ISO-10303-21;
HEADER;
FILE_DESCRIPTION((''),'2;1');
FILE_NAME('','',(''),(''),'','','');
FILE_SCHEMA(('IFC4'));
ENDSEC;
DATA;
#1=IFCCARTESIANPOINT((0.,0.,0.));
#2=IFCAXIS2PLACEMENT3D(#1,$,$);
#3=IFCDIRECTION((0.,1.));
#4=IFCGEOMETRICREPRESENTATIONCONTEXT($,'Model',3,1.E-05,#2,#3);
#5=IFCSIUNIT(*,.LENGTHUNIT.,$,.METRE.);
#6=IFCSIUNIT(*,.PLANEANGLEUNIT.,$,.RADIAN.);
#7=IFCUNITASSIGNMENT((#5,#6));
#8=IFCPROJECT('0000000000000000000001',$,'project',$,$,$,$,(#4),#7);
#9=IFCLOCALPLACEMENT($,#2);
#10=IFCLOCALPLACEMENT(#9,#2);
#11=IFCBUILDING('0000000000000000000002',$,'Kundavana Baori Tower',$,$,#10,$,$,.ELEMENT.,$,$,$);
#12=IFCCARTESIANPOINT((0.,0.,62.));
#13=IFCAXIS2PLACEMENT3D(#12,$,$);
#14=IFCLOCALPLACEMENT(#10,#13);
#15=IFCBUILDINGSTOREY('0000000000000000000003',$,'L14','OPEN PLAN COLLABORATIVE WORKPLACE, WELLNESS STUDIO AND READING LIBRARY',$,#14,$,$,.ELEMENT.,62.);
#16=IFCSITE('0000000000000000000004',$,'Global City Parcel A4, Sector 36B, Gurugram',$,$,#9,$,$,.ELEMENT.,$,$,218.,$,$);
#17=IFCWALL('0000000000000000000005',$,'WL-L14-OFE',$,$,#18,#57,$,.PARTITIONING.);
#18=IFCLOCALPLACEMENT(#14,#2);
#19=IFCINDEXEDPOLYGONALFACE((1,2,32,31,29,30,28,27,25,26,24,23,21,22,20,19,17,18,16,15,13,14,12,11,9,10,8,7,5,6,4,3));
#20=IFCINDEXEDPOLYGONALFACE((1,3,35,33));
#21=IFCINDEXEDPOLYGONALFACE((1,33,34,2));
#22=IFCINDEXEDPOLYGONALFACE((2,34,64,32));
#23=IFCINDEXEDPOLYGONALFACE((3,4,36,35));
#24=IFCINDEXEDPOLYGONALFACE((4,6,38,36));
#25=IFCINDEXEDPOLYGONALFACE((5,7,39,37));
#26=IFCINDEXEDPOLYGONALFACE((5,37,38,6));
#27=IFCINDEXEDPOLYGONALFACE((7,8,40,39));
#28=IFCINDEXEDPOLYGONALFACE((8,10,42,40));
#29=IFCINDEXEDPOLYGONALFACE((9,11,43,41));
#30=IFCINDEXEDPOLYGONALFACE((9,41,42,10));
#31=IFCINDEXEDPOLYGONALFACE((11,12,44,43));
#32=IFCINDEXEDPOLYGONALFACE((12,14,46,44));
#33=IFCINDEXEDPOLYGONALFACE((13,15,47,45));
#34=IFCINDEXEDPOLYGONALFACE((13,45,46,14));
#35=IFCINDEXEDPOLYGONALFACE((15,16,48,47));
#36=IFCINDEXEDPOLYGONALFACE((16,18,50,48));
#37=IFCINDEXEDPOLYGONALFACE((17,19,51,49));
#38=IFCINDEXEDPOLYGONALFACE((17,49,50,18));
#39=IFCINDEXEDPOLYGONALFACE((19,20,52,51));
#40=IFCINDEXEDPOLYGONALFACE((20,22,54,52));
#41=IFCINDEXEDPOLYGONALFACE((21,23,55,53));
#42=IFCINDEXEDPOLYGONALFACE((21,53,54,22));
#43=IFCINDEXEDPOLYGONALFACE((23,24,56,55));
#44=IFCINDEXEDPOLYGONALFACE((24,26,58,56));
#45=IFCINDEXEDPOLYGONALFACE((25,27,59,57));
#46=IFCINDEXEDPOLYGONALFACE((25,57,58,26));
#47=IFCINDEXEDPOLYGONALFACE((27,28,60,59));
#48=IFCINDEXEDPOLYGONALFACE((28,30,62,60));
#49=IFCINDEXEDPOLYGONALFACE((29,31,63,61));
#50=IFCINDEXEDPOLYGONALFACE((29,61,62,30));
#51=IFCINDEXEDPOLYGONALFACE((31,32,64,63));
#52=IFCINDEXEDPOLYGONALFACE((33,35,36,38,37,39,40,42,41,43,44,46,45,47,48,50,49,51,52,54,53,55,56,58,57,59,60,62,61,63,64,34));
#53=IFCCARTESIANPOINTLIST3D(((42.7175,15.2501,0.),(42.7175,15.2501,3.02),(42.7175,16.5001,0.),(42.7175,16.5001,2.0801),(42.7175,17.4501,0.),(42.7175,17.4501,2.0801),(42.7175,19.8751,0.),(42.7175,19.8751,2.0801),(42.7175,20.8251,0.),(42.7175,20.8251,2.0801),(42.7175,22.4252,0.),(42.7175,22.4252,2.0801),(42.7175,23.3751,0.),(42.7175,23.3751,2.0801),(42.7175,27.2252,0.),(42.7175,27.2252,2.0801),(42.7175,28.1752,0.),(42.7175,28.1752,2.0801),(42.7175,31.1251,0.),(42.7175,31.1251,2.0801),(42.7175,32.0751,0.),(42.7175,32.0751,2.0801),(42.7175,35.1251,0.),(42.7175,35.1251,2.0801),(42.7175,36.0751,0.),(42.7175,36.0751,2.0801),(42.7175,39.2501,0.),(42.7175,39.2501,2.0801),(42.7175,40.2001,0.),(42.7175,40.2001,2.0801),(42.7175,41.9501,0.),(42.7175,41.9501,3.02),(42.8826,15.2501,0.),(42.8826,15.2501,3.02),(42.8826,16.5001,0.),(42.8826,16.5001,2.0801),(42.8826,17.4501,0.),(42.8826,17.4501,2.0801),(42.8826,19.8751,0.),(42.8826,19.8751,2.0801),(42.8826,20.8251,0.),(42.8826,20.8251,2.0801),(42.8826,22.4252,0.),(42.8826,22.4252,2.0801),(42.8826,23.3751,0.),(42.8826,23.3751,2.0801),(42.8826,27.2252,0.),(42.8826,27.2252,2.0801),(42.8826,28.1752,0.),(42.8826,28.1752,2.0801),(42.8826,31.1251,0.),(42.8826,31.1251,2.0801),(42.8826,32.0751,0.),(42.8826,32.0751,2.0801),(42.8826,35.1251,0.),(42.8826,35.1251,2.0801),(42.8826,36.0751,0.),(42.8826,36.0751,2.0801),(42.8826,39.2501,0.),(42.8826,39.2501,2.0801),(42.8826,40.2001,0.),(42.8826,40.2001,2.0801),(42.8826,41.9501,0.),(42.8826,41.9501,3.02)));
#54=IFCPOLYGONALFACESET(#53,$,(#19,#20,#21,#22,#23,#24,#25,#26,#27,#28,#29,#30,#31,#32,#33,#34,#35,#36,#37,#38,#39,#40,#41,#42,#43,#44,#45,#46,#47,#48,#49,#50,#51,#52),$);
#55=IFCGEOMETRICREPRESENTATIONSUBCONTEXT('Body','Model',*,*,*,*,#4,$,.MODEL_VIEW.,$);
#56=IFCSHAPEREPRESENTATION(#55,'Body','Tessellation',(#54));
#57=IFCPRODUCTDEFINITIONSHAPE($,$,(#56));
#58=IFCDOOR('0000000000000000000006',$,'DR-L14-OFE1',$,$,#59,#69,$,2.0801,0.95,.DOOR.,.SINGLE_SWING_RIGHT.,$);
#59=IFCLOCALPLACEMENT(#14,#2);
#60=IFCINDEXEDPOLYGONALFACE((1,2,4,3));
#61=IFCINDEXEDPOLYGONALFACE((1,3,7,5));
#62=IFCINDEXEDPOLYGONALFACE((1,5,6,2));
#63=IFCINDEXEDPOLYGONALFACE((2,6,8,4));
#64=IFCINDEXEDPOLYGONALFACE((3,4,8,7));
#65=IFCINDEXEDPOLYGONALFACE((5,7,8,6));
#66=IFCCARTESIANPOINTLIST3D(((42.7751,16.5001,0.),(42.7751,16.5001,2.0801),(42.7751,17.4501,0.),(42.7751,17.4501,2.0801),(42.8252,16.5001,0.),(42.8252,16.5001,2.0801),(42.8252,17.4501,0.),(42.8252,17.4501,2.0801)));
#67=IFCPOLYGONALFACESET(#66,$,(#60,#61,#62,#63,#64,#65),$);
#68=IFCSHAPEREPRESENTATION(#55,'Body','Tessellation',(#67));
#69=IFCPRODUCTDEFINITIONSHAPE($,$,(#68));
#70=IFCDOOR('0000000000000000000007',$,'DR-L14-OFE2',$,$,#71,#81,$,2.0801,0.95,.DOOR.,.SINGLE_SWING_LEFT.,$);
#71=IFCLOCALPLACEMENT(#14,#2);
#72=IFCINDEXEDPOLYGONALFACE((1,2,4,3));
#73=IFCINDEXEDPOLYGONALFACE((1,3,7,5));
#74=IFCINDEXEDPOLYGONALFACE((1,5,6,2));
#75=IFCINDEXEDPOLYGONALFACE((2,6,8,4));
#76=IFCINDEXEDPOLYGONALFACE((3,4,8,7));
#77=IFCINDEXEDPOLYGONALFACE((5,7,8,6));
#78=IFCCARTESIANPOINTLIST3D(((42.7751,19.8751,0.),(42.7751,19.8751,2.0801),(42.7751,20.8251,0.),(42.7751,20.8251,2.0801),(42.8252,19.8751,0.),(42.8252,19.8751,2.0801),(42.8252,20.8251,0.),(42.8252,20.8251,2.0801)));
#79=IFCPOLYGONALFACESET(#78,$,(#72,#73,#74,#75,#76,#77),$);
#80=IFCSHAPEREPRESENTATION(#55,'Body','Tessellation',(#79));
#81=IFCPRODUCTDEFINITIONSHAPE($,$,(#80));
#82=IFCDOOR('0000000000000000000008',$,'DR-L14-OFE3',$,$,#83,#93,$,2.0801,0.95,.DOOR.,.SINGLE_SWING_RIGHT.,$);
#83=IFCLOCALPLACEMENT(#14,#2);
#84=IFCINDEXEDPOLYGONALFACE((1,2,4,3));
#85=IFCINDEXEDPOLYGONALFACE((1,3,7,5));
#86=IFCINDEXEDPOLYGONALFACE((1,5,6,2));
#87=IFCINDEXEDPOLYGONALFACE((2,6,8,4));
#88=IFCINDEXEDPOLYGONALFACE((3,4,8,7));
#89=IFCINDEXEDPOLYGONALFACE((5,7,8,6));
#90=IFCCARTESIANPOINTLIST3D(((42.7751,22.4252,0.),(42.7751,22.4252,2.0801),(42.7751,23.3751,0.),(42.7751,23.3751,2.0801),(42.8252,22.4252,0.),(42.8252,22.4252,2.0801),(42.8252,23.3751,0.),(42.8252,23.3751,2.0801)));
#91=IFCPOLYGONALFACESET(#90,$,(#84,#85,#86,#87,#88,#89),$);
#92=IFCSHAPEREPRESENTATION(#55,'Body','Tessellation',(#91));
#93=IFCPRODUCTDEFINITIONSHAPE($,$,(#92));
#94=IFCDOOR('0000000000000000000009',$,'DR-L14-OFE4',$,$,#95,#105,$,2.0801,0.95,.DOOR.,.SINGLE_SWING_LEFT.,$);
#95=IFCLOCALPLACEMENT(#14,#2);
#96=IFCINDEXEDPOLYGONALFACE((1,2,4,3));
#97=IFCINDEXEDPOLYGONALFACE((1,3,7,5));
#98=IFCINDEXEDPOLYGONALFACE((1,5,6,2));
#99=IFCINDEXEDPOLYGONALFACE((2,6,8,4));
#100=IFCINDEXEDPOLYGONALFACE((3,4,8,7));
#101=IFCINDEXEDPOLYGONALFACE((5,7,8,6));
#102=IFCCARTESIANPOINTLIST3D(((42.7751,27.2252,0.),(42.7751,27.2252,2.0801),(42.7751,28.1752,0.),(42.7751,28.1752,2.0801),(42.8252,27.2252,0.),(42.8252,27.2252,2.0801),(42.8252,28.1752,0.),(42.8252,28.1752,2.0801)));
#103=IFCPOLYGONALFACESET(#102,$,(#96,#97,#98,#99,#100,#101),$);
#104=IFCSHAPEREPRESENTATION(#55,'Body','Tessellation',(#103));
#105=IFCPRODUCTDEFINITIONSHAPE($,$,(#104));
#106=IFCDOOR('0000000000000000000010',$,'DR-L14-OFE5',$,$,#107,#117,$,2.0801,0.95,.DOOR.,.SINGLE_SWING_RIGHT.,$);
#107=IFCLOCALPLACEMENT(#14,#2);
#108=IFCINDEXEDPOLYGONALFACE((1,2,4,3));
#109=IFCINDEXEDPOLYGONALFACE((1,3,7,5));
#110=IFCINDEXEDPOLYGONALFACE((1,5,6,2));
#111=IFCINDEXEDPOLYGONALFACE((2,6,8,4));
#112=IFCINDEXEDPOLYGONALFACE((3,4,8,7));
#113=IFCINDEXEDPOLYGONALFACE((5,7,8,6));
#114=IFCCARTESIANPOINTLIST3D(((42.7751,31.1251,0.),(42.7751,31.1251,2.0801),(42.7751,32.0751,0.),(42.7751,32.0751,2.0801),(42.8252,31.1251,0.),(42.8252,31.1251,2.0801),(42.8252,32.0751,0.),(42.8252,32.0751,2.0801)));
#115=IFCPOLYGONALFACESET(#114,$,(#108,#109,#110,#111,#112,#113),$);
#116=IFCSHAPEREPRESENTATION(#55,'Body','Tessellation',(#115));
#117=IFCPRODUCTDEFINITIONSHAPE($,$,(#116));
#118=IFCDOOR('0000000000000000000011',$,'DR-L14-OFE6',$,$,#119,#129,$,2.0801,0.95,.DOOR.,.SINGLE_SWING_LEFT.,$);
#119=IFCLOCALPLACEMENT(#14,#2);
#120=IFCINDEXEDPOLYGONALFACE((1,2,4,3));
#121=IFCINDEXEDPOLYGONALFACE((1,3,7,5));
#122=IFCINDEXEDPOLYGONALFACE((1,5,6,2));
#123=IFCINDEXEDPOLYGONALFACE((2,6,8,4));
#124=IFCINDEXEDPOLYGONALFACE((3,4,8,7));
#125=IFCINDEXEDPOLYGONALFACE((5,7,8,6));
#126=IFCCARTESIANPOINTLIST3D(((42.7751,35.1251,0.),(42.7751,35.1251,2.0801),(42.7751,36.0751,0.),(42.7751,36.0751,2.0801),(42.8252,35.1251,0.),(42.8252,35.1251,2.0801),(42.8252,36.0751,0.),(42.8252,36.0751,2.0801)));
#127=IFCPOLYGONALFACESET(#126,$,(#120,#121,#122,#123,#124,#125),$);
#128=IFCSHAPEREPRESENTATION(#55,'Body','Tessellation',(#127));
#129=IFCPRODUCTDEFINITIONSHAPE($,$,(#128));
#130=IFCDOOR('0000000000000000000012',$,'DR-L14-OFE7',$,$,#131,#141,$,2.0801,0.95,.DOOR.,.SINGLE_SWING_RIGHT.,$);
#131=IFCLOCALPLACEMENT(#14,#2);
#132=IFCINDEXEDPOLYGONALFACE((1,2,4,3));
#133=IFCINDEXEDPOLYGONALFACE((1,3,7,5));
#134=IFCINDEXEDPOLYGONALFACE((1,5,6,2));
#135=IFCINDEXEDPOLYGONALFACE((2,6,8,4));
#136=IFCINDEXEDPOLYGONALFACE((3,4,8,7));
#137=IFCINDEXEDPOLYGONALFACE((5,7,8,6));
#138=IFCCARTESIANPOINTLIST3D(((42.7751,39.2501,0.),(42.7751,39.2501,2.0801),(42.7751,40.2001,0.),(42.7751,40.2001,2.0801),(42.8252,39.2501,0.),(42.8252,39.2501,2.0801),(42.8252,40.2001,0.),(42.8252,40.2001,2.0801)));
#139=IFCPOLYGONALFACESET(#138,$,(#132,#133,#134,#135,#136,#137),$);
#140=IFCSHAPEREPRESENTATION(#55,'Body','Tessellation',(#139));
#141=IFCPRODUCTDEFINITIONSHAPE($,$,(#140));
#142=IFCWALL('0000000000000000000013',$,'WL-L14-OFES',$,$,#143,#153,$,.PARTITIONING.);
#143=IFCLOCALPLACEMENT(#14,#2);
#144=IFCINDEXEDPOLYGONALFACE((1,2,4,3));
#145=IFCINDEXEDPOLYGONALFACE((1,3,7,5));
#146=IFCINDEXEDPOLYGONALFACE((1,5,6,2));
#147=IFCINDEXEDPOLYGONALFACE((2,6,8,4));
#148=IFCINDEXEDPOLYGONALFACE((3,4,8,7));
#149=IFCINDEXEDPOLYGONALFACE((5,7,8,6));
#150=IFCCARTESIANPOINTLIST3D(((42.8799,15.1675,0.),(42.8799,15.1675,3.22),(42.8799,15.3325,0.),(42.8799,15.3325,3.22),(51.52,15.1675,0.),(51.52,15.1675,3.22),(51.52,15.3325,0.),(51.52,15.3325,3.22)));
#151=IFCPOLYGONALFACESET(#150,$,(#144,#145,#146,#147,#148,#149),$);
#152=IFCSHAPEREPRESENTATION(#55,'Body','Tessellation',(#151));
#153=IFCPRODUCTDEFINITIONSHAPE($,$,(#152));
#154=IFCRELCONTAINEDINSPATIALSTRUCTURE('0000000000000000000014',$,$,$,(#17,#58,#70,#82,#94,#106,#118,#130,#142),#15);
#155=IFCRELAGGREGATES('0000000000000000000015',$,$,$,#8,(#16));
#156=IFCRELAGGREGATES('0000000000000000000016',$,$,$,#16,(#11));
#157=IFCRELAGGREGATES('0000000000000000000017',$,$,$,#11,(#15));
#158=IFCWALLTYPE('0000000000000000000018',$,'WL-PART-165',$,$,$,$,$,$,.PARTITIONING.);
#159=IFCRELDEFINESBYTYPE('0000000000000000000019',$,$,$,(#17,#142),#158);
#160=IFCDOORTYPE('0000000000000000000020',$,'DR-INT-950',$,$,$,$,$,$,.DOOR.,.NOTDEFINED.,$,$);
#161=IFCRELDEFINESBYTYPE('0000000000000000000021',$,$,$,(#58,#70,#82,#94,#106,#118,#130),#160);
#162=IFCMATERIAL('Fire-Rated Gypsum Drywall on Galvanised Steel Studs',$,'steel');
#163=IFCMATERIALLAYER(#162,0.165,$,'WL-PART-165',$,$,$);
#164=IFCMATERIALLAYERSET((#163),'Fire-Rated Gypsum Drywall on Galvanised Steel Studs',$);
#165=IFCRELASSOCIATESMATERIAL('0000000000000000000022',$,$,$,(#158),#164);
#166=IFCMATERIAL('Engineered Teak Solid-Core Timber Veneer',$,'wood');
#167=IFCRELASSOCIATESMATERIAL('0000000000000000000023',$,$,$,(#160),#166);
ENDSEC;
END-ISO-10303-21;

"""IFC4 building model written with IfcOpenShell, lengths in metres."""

from ifc_helpers import new_model, si_unit, direction, frame, frame_2d, origin, place, context, subcontext, project, spatial, rectangle, extrude, material, layer, layer_set, type_object, element, fill, save


model = new_model("IFC4")

# Units and contexts
model_context = context("Model", 3, precision=1e-05, world=origin(), true_north=direction((0.0, 1.0)))
body_context = subcontext(model_context, "Body", "Model", "MODEL_VIEW")
ifc_project = project(units=[si_unit("LENGTHUNIT", "METRE"), si_unit("PLANEANGLEUNIT", "RADIAN")], contexts=[model_context])

# Site, building, storey
site_placement = place(None, origin())
site = spatial("IfcSite", under=ifc_project, at=site_placement, Name="Global City Parcel A4, Sector 36B, Gurugram", CompositionType="ELEMENT", RefElevation=218.0)
building_placement = place(site_placement, origin())
building = spatial("IfcBuilding", under=site, at=building_placement, Name="Kundavana Baori Tower", CompositionType="ELEMENT")
storey_placement = place(building_placement, frame((0.0, 0.0, 62.0)))
storey = spatial("IfcBuildingStorey", under=building, at=storey_placement, Name="L14", Description="OPEN PLAN COLLABORATIVE WORKPLACE, WELLNESS STUDIO AND READING LIBRARY", CompositionType="ELEMENT", Elevation=62.0)

# Wall, openings, doors
ifc_material_1 = material(Name="Fire-Rated Gypsum Drywall on Galvanised Steel Studs", Category="steel")
ifc_layer_1 = layer(ifc_material_1, 0.165, Name="WL-PART-165")
ifc_layer_set_1 = layer_set([ifc_layer_1], Name="Fire-Rated Gypsum Drywall on Galvanised Steel Studs")
wall_type_1 = type_object("IfcWallType", Name="WL-PART-165", PredefinedType="PARTITIONING", material=ifc_layer_set_1)
wall_1_placement = place(storey_placement, frame((42.8, 15.25, 0.0), z_axis=(0.0, 0.0, 1.0), x_axis=(0.0, 1.0, 0.0)))
wall_1 = element("IfcWall", 1, at=wall_1_placement, inside=storey, type_object=wall_type_1, Name="WL-L14-OFE", PredefinedType="PARTITIONING", context=body_context, shape_type="SweptSolid", body=[
    extrude(rectangle(XDim=26.7, YDim=0.165, at=frame_2d((13.3501, 0.0))), origin(), (0.0, 0.0, 1.0), 3.02),
])
opening_1_placement = place(wall_1_placement, frame((1.25, 0.0, 0.0)))
opening_1 = element("IfcOpeningElement", 2, at=opening_1_placement, cuts=wall_1, PredefinedType="OPENING", context=body_context, shape_type="SweptSolid", body=[
    extrude(rectangle(XDim=0.95, YDim=2.0801, at=frame_2d((0.4751, 1.04))), frame((0.0, 0.0925, 0.0), z_axis=(0.0, -1.0, 0.0), x_axis=(1.0, 0.0, 0.0)), (0.0, 0.0, 1.0), 0.1851),
])
opening_2_placement = place(wall_1_placement, frame((4.625, 0.0, 0.0)))
opening_2 = element("IfcOpeningElement", 3, at=opening_2_placement, cuts=wall_1, PredefinedType="OPENING", context=body_context, shape_type="SweptSolid", body=[
    extrude(rectangle(XDim=0.95, YDim=2.0801, at=frame_2d((0.4751, 1.04))), frame((0.0, 0.0925, 0.0), z_axis=(0.0, -1.0, 0.0), x_axis=(1.0, 0.0, 0.0)), (0.0, 0.0, 1.0), 0.1851),
])
opening_3_placement = place(wall_1_placement, frame((7.175, 0.0, 0.0)))
opening_3 = element("IfcOpeningElement", 4, at=opening_3_placement, cuts=wall_1, PredefinedType="OPENING", context=body_context, shape_type="SweptSolid", body=[
    extrude(rectangle(XDim=0.95, YDim=2.0801, at=frame_2d((0.4751, 1.04))), frame((0.0, 0.0925, 0.0), z_axis=(0.0, -1.0, 0.0), x_axis=(1.0, 0.0, 0.0)), (0.0, 0.0, 1.0), 0.1851),
])
opening_4_placement = place(wall_1_placement, frame((11.9751, 0.0, 0.0)))
opening_4 = element("IfcOpeningElement", 5, at=opening_4_placement, cuts=wall_1, PredefinedType="OPENING", context=body_context, shape_type="SweptSolid", body=[
    extrude(rectangle(XDim=0.95, YDim=2.0801, at=frame_2d((0.4751, 1.04))), frame((0.0, 0.0925, 0.0), z_axis=(0.0, -1.0, 0.0), x_axis=(1.0, 0.0, 0.0)), (0.0, 0.0, 1.0), 0.1851),
])
opening_5_placement = place(wall_1_placement, frame((15.875, 0.0, 0.0)))
opening_5 = element("IfcOpeningElement", 6, at=opening_5_placement, cuts=wall_1, PredefinedType="OPENING", context=body_context, shape_type="SweptSolid", body=[
    extrude(rectangle(XDim=0.95, YDim=2.0801, at=frame_2d((0.4751, 1.04))), frame((0.0, 0.0925, 0.0), z_axis=(0.0, -1.0, 0.0), x_axis=(1.0, 0.0, 0.0)), (0.0, 0.0, 1.0), 0.1851),
])
opening_6_placement = place(wall_1_placement, frame((19.875, 0.0, 0.0)))
opening_6 = element("IfcOpeningElement", 7, at=opening_6_placement, cuts=wall_1, PredefinedType="OPENING", context=body_context, shape_type="SweptSolid", body=[
    extrude(rectangle(XDim=0.95, YDim=2.0801, at=frame_2d((0.4751, 1.04))), frame((0.0, 0.0925, 0.0), z_axis=(0.0, -1.0, 0.0), x_axis=(1.0, 0.0, 0.0)), (0.0, 0.0, 1.0), 0.1851),
])
opening_7_placement = place(wall_1_placement, frame((24.0, 0.0, 0.0)))
opening_7 = element("IfcOpeningElement", 8, at=opening_7_placement, cuts=wall_1, PredefinedType="OPENING", context=body_context, shape_type="SweptSolid", body=[
    extrude(rectangle(XDim=0.95, YDim=2.0801, at=frame_2d((0.4751, 1.04))), frame((0.0, 0.0925, 0.0), z_axis=(0.0, -1.0, 0.0), x_axis=(1.0, 0.0, 0.0)), (0.0, 0.0, 1.0), 0.1851),
])
ifc_material_2 = material(Name="Engineered Teak Solid-Core Timber Veneer", Category="wood")
door_type_1 = type_object("IfcDoorType", Name="DR-INT-950", OperationType="NOTDEFINED", PredefinedType="DOOR", material=ifc_material_2)
door_1_placement = place(opening_1_placement, origin())
door_1 = element("IfcDoor", 9, at=door_1_placement, inside=storey, type_object=door_type_1, Name="DR-L14-OFE1", OperationType="SINGLE_SWING_RIGHT", OverallHeight=2.0801, OverallWidth=0.95, PredefinedType="DOOR", context=body_context, shape_type="SweptSolid", body=[
    extrude(rectangle(XDim=0.95, YDim=2.0801, at=frame_2d((0.4751, 1.04))), frame((0.0, 0.0249, 0.0), z_axis=(0.0, -1.0, 0.0), x_axis=(1.0, 0.0, 0.0)), (0.0, 0.0, 1.0), 0.05),
])
fill(opening_1, door_1)
door_2_placement = place(opening_2_placement, origin())
door_2 = element("IfcDoor", 10, at=door_2_placement, inside=storey, type_object=door_type_1, Name="DR-L14-OFE2", OperationType="SINGLE_SWING_LEFT", OverallHeight=2.0801, OverallWidth=0.95, PredefinedType="DOOR", context=body_context, shape_type="SweptSolid", body=[
    extrude(rectangle(XDim=0.95, YDim=2.0801, at=frame_2d((0.4751, 1.04))), frame((0.0, 0.0249, 0.0), z_axis=(0.0, -1.0, 0.0), x_axis=(1.0, 0.0, 0.0)), (0.0, 0.0, 1.0), 0.05),
])
fill(opening_2, door_2)
door_3_placement = place(opening_3_placement, origin())
door_3 = element("IfcDoor", 11, at=door_3_placement, inside=storey, type_object=door_type_1, Name="DR-L14-OFE3", OperationType="SINGLE_SWING_RIGHT", OverallHeight=2.0801, OverallWidth=0.95, PredefinedType="DOOR", context=body_context, shape_type="SweptSolid", body=[
    extrude(rectangle(XDim=0.95, YDim=2.0801, at=frame_2d((0.4751, 1.04))), frame((0.0, 0.0249, 0.0), z_axis=(0.0, -1.0, 0.0), x_axis=(1.0, 0.0, 0.0)), (0.0, 0.0, 1.0), 0.05),
])
fill(opening_3, door_3)
door_4_placement = place(opening_4_placement, origin())
door_4 = element("IfcDoor", 12, at=door_4_placement, inside=storey, type_object=door_type_1, Name="DR-L14-OFE4", OperationType="SINGLE_SWING_LEFT", OverallHeight=2.0801, OverallWidth=0.95, PredefinedType="DOOR", context=body_context, shape_type="SweptSolid", body=[
    extrude(rectangle(XDim=0.95, YDim=2.0801, at=frame_2d((0.4751, 1.04))), frame((0.0, 0.0249, 0.0), z_axis=(0.0, -1.0, 0.0), x_axis=(1.0, 0.0, 0.0)), (0.0, 0.0, 1.0), 0.05),
])
fill(opening_4, door_4)
door_5_placement = place(opening_5_placement, origin())
door_5 = element("IfcDoor", 13, at=door_5_placement, inside=storey, type_object=door_type_1, Name="DR-L14-OFE5", OperationType="SINGLE_SWING_RIGHT", OverallHeight=2.0801, OverallWidth=0.95, PredefinedType="DOOR", context=body_context, shape_type="SweptSolid", body=[
    extrude(rectangle(XDim=0.95, YDim=2.0801, at=frame_2d((0.4751, 1.04))), frame((0.0, 0.0249, 0.0), z_axis=(0.0, -1.0, 0.0), x_axis=(1.0, 0.0, 0.0)), (0.0, 0.0, 1.0), 0.05),
])
fill(opening_5, door_5)
door_6_placement = place(opening_6_placement, origin())
door_6 = element("IfcDoor", 14, at=door_6_placement, inside=storey, type_object=door_type_1, Name="DR-L14-OFE6", OperationType="SINGLE_SWING_LEFT", OverallHeight=2.0801, OverallWidth=0.95, PredefinedType="DOOR", context=body_context, shape_type="SweptSolid", body=[
    extrude(rectangle(XDim=0.95, YDim=2.0801, at=frame_2d((0.4751, 1.04))), frame((0.0, 0.0249, 0.0), z_axis=(0.0, -1.0, 0.0), x_axis=(1.0, 0.0, 0.0)), (0.0, 0.0, 1.0), 0.05),
])
fill(opening_6, door_6)
door_7_placement = place(opening_7_placement, origin())
door_7 = element("IfcDoor", 15, at=door_7_placement, inside=storey, type_object=door_type_1, Name="DR-L14-OFE7", OperationType="SINGLE_SWING_RIGHT", OverallHeight=2.0801, OverallWidth=0.95, PredefinedType="DOOR", context=body_context, shape_type="SweptSolid", body=[
    extrude(rectangle(XDim=0.95, YDim=2.0801, at=frame_2d((0.4751, 1.04))), frame((0.0, 0.0249, 0.0), z_axis=(0.0, -1.0, 0.0), x_axis=(1.0, 0.0, 0.0)), (0.0, 0.0, 1.0), 0.05),
])
fill(opening_7, door_7)

# Wall
wall_2_placement = place(storey_placement, frame((42.8799, 15.25, 0.0), z_axis=(0.0, 0.0, 1.0), x_axis=(1.0, 0.0, 0.0)))
element("IfcWall", 16, at=wall_2_placement, inside=storey, type_object=wall_type_1, Name="WL-L14-OFES", PredefinedType="PARTITIONING", context=body_context, shape_type="SweptSolid", body=[
    extrude(rectangle(XDim=8.6401, YDim=0.165, at=frame_2d((4.3201, 0.0))), origin(), (0.0, 0.0, 1.0), 3.22),
])

save(model, "model.ifc")
